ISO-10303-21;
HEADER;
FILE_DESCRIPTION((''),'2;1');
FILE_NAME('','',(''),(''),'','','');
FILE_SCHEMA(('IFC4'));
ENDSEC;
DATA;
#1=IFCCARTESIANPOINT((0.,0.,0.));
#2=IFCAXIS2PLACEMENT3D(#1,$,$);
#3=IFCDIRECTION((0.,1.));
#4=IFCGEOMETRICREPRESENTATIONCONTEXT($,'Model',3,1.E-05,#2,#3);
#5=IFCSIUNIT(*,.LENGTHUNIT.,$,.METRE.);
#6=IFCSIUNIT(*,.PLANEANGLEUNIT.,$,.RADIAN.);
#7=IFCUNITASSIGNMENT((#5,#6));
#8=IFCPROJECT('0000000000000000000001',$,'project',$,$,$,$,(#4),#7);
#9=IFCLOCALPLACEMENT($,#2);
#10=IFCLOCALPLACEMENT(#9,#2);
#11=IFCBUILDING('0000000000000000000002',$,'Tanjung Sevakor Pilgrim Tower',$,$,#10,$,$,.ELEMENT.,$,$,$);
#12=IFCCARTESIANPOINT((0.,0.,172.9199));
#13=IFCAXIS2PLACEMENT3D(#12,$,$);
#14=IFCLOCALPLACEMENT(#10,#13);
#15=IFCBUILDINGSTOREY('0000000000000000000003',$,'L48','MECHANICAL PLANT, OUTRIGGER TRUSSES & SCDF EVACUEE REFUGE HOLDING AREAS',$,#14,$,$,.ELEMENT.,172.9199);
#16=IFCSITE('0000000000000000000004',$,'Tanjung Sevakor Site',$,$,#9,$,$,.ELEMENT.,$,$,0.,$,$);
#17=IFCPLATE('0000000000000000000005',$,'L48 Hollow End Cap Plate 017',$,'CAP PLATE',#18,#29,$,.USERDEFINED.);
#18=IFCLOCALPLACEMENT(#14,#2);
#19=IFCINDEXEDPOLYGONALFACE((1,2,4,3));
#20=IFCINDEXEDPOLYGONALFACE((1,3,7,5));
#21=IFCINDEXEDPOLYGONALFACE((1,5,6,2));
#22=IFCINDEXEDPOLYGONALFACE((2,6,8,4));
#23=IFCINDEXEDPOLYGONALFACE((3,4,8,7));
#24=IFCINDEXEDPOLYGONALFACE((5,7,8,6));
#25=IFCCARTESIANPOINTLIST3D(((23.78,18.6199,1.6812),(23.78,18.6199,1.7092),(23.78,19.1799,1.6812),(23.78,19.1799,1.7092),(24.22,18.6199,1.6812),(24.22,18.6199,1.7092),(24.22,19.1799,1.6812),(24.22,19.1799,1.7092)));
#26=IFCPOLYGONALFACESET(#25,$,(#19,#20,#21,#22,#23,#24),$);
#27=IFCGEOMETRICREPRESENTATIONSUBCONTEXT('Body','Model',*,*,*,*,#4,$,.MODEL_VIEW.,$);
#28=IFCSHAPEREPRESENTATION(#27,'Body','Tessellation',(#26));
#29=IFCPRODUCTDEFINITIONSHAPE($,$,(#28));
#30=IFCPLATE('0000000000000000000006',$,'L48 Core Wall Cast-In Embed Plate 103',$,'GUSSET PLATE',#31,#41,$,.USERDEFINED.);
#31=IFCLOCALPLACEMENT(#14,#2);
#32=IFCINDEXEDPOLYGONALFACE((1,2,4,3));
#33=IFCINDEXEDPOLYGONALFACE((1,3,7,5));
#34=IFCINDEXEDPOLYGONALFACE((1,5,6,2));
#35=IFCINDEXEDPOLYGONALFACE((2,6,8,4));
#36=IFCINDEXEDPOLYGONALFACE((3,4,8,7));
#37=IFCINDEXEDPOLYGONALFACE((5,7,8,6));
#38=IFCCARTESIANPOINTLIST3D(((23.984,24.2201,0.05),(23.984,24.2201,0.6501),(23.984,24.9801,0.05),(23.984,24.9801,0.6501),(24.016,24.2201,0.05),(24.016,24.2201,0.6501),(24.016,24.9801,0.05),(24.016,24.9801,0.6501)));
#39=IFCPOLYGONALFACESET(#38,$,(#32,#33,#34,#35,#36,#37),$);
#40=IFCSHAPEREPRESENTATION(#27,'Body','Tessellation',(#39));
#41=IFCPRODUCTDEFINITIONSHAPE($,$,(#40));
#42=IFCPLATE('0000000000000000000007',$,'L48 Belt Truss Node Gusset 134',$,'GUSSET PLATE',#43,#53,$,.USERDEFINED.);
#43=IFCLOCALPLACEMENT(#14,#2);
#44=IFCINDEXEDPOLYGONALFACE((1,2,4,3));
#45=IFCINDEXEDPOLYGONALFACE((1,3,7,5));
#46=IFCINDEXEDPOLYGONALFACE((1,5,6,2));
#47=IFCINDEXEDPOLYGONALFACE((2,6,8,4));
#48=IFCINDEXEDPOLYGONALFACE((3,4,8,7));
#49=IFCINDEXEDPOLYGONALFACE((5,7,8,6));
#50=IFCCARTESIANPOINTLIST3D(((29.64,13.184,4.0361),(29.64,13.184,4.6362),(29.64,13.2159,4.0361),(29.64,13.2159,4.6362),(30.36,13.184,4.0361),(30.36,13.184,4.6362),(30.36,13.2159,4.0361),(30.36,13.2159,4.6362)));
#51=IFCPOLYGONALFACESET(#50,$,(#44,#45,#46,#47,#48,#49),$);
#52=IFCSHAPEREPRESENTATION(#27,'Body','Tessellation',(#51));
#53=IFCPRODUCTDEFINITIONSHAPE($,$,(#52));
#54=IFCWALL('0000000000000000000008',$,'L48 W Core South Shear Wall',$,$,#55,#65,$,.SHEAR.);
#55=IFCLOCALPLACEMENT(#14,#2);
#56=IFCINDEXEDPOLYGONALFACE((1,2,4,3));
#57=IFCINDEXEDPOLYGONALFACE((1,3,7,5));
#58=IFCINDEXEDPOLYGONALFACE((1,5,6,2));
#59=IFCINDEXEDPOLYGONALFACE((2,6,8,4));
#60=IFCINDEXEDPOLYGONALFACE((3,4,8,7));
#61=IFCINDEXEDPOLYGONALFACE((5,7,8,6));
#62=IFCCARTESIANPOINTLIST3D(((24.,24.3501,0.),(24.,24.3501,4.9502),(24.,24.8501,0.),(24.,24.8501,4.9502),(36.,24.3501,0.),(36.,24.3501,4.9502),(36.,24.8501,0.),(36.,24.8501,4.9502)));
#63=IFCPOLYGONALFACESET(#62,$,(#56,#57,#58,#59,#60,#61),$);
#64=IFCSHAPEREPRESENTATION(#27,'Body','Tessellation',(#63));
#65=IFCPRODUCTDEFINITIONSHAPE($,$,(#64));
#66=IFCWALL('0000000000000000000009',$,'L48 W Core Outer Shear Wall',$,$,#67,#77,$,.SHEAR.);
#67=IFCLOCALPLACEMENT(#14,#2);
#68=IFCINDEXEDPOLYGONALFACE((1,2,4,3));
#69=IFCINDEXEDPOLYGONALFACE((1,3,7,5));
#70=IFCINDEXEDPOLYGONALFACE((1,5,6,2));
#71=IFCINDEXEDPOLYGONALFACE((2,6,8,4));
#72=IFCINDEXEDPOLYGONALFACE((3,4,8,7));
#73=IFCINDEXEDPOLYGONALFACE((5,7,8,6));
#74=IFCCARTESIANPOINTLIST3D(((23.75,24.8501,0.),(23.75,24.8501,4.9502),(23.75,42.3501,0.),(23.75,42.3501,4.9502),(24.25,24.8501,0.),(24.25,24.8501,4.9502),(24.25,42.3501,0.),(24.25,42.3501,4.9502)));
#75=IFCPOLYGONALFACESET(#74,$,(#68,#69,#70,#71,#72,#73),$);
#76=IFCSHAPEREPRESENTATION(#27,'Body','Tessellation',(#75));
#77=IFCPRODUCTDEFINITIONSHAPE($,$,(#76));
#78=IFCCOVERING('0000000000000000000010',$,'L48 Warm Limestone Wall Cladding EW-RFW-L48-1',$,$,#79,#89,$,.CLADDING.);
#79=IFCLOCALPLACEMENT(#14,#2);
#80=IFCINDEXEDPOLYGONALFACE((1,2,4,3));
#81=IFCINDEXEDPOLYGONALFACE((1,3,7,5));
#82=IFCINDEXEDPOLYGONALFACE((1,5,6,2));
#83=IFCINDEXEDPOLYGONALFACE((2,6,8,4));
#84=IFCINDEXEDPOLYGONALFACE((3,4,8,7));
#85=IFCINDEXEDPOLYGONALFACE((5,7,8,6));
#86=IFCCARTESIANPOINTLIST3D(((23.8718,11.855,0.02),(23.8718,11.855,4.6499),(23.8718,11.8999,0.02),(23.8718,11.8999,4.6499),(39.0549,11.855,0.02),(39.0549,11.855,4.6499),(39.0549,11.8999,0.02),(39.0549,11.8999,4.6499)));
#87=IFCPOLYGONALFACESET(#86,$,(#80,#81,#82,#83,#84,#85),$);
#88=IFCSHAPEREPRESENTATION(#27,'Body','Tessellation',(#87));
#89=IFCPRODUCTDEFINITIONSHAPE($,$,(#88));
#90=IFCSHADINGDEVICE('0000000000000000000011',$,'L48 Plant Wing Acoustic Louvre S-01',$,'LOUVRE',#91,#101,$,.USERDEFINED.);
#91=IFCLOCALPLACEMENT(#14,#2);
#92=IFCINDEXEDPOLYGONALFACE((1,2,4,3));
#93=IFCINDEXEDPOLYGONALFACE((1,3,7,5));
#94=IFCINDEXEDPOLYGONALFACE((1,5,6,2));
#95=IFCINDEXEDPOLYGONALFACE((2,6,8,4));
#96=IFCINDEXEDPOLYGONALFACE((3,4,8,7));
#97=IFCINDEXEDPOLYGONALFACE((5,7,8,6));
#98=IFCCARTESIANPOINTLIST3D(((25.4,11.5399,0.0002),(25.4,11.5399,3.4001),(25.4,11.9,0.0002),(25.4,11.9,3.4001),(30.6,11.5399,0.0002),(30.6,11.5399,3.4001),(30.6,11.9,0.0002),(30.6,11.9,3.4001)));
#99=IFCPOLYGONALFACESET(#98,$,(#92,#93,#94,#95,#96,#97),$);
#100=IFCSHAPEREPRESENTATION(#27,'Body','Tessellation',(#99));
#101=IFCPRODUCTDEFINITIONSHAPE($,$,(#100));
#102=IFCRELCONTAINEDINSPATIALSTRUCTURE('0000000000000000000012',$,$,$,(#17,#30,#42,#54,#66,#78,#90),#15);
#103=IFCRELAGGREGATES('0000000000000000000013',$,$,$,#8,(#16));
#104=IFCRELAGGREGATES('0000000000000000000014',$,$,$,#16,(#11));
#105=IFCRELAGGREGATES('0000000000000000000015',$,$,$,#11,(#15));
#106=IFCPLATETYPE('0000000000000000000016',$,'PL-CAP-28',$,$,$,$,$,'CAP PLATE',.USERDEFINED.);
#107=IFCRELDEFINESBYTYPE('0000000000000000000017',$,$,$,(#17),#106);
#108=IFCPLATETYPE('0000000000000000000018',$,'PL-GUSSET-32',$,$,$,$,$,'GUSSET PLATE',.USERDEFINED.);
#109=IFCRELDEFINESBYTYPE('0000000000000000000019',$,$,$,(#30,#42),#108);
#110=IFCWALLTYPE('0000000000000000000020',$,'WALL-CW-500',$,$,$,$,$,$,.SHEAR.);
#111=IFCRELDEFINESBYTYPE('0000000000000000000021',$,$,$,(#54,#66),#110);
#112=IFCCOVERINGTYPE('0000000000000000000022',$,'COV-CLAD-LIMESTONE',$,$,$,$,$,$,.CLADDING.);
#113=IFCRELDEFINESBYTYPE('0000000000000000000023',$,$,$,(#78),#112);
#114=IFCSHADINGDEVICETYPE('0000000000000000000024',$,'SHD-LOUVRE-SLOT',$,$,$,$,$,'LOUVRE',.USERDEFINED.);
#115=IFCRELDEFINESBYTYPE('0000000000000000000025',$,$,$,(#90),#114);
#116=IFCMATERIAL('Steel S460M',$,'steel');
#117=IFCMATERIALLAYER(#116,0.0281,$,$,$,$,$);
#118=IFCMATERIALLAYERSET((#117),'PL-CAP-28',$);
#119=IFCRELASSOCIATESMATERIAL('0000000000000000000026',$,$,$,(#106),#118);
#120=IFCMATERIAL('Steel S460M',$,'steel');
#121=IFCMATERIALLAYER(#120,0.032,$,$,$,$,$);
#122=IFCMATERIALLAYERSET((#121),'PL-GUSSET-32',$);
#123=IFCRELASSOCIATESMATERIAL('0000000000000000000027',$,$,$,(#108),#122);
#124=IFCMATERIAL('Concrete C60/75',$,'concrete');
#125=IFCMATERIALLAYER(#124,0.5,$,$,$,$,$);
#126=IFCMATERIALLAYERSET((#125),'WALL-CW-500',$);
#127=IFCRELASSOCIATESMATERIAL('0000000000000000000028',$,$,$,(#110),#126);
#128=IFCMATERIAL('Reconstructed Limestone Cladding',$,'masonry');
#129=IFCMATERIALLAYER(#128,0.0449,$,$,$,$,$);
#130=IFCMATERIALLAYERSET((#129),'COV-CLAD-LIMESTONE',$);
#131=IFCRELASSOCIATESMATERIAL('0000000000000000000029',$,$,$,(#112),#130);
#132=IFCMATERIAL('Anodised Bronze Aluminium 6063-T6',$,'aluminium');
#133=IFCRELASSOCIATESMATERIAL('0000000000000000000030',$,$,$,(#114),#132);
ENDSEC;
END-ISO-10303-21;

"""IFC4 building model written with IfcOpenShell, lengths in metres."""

from ifc_helpers import new_model, si_unit, direction, frame, frame_2d, origin, origin_2d, place, context, subcontext, project, spatial, rectangle, extrude, material, layer, layer_set, type_object, element, save


model = new_model("IFC4")

# Units and contexts
model_context = context("Model", 3, precision=1e-05, world=origin(), true_north=direction((0.0, 1.0)))
body_context = subcontext(model_context, "Body", "Model", "MODEL_VIEW")
ifc_project = project(units=[si_unit("LENGTHUNIT", "METRE"), si_unit("PLANEANGLEUNIT", "RADIAN")], contexts=[model_context])

# Site, building, storey
site_placement = place(None, origin())
site = spatial("IfcSite", under=ifc_project, at=site_placement, Name="Tanjung Sevakor Site", CompositionType="ELEMENT", RefElevation=0.0)
building_placement = place(site_placement, origin())
building = spatial("IfcBuilding", under=site, at=building_placement, Name="Tanjung Sevakor Pilgrim Tower", CompositionType="ELEMENT")
storey_placement = place(building_placement, frame((0.0, 0.0, 172.9199)))
storey = spatial("IfcBuildingStorey", under=building, at=storey_placement, Name="L48", Description="MECHANICAL PLANT, OUTRIGGER TRUSSES & SCDF EVACUEE REFUGE HOLDING AREAS", CompositionType="ELEMENT", Elevation=172.9199)

# Plates
ifc_material_1 = material(Name="Steel S460M", Category="steel")
ifc_layer_1 = layer(ifc_material_1, 0.0281)
ifc_layer_set_1 = layer_set([ifc_layer_1], Name="PL-CAP-28")
plate_type_1 = type_object("IfcPlateType", Name="PL-CAP-28", ElementType="CAP PLATE", PredefinedType="USERDEFINED", material=ifc_layer_set_1)
plate_1_placement = place(storey_placement, frame((24.0, 18.8999, 1.6812), z_axis=(0.0, 0.0, 1.0), x_axis=(1.0, 0.0, 0.0)))
element("IfcPlate", 1, at=plate_1_placement, inside=storey, type_object=plate_type_1, Name="L48 Hollow End Cap Plate 017", ObjectType="CAP PLATE", PredefinedType="USERDEFINED", context=body_context, shape_type="SweptSolid", body=[
    extrude(rectangle(XDim=0.4399, YDim=0.5601, at=origin_2d()), origin(), (0.0, 0.0, 1.0), 0.0281),
])
ifc_material_2 = material(Name="Steel S460M", Category="steel")
ifc_layer_2 = layer(ifc_material_2, 0.032)
ifc_layer_set_2 = layer_set([ifc_layer_2], Name="PL-GUSSET-32")
plate_type_2 = type_object("IfcPlateType", Name="PL-GUSSET-32", ElementType="GUSSET PLATE", PredefinedType="USERDEFINED", material=ifc_layer_set_2)
plate_2_placement = place(storey_placement, frame((24.0, 24.6001, 0.05), z_axis=(0.0, 0.0, 1.0), x_axis=(1.0, 0.0, 0.0)))
element("IfcPlate", 2, at=plate_2_placement, inside=storey, type_object=plate_type_2, Name="L48 Core Wall Cast-In Embed Plate 103", ObjectType="GUSSET PLATE", PredefinedType="USERDEFINED", context=body_context, shape_type="SweptSolid", body=[
    extrude(rectangle(XDim=0.032, YDim=0.76, at=origin_2d()), origin(), (0.0, 0.0, 1.0), 0.6001),
])
plate_3_placement = place(storey_placement, frame((30.0, 13.2, 4.0361), z_axis=(0.0, 0.0, 1.0), x_axis=(1.0, 0.0, 0.0)))
element("IfcPlate", 3, at=plate_3_placement, inside=storey, type_object=plate_type_2, Name="L48 Belt Truss Node Gusset 134", ObjectType="GUSSET PLATE", PredefinedType="USERDEFINED", context=body_context, shape_type="SweptSolid", body=[
    extrude(rectangle(XDim=0.72, YDim=0.032, at=origin_2d()), origin(), (0.0, 0.0, 1.0), 0.6001),
])

# Walls
ifc_material_3 = material(Name="Concrete C60/75", Category="concrete")
ifc_layer_3 = layer(ifc_material_3, 0.5)
ifc_layer_set_3 = layer_set([ifc_layer_3], Name="WALL-CW-500")
wall_type = type_object("IfcWallType", Name="WALL-CW-500", PredefinedType="SHEAR", material=ifc_layer_set_3)
wall_1_placement = place(storey_placement, frame((24.0, 24.6001, 0.0), z_axis=(0.0, 0.0, 1.0), x_axis=(1.0, 0.0, 0.0)))
element("IfcWall", 4, at=wall_1_placement, inside=storey, type_object=wall_type, Name="L48 W Core South Shear Wall", PredefinedType="SHEAR", context=body_context, shape_type="SweptSolid", body=[
    extrude(rectangle(XDim=12.0, YDim=0.5, at=frame_2d((6.0, 0.0))), origin(), (0.0, 0.0, 1.0), 4.9502),
])
wall_2_placement = place(storey_placement, frame((24.0, 24.8501, 0.0), z_axis=(0.0, 0.0, 1.0), x_axis=(0.0, 1.0, 0.0)))
element("IfcWall", 5, at=wall_2_placement, inside=storey, type_object=wall_type, Name="L48 W Core Outer Shear Wall", PredefinedType="SHEAR", context=body_context, shape_type="SweptSolid", body=[
    extrude(rectangle(XDim=17.5, YDim=0.5, at=frame_2d((8.75, 0.0))), origin(), (0.0, 0.0, 1.0), 4.9502),
])

# Covering
ifc_material_4 = material(Name="Reconstructed Limestone Cladding", Category="masonry")
ifc_layer_4 = layer(ifc_material_4, 0.0449)
ifc_layer_set_4 = layer_set([ifc_layer_4], Name="COV-CLAD-LIMESTONE")
covering_type = type_object("IfcCoveringType", Name="COV-CLAD-LIMESTONE", PredefinedType="CLADDING", material=ifc_layer_set_4)
covering_placement = place(storey_placement, frame((31.4634, 11.8774, 0.02), z_axis=(0.0, 0.0, 1.0), x_axis=(1.0, 0.0, 0.0)))
element("IfcCovering", 6, at=covering_placement, inside=storey, type_object=covering_type, Name="L48 Warm Limestone Wall Cladding EW-RFW-L48-1", PredefinedType="CLADDING", context=body_context, shape_type="SweptSolid", body=[
    extrude(rectangle(XDim=15.1831, YDim=0.0449, at=origin_2d()), origin(), (0.0, 0.0, 1.0), 4.6299),
])

# Shading device
ifc_material_5 = material(Name="Anodised Bronze Aluminium 6063-T6", Category="aluminium")
shading_device_type = type_object("IfcShadingDeviceType", Name="SHD-LOUVRE-SLOT", ElementType="LOUVRE", PredefinedType="USERDEFINED", material=ifc_material_5)
shading_device_placement = place(storey_placement, frame((28.0, 11.72, 0.0002), z_axis=(0.0, 0.0, 1.0), x_axis=(1.0, 0.0, 0.0)))
element("IfcShadingDevice", 7, at=shading_device_placement, inside=storey, type_object=shading_device_type, Name="L48 Plant Wing Acoustic Louvre S-01", ObjectType="LOUVRE", PredefinedType="USERDEFINED", context=body_context, shape_type="SweptSolid", body=[
    extrude(rectangle(XDim=5.2, YDim=0.3601, at=origin_2d()), origin(), (0.0, 0.0, 1.0), 3.3999),
])

save(model, "model.ifc")
